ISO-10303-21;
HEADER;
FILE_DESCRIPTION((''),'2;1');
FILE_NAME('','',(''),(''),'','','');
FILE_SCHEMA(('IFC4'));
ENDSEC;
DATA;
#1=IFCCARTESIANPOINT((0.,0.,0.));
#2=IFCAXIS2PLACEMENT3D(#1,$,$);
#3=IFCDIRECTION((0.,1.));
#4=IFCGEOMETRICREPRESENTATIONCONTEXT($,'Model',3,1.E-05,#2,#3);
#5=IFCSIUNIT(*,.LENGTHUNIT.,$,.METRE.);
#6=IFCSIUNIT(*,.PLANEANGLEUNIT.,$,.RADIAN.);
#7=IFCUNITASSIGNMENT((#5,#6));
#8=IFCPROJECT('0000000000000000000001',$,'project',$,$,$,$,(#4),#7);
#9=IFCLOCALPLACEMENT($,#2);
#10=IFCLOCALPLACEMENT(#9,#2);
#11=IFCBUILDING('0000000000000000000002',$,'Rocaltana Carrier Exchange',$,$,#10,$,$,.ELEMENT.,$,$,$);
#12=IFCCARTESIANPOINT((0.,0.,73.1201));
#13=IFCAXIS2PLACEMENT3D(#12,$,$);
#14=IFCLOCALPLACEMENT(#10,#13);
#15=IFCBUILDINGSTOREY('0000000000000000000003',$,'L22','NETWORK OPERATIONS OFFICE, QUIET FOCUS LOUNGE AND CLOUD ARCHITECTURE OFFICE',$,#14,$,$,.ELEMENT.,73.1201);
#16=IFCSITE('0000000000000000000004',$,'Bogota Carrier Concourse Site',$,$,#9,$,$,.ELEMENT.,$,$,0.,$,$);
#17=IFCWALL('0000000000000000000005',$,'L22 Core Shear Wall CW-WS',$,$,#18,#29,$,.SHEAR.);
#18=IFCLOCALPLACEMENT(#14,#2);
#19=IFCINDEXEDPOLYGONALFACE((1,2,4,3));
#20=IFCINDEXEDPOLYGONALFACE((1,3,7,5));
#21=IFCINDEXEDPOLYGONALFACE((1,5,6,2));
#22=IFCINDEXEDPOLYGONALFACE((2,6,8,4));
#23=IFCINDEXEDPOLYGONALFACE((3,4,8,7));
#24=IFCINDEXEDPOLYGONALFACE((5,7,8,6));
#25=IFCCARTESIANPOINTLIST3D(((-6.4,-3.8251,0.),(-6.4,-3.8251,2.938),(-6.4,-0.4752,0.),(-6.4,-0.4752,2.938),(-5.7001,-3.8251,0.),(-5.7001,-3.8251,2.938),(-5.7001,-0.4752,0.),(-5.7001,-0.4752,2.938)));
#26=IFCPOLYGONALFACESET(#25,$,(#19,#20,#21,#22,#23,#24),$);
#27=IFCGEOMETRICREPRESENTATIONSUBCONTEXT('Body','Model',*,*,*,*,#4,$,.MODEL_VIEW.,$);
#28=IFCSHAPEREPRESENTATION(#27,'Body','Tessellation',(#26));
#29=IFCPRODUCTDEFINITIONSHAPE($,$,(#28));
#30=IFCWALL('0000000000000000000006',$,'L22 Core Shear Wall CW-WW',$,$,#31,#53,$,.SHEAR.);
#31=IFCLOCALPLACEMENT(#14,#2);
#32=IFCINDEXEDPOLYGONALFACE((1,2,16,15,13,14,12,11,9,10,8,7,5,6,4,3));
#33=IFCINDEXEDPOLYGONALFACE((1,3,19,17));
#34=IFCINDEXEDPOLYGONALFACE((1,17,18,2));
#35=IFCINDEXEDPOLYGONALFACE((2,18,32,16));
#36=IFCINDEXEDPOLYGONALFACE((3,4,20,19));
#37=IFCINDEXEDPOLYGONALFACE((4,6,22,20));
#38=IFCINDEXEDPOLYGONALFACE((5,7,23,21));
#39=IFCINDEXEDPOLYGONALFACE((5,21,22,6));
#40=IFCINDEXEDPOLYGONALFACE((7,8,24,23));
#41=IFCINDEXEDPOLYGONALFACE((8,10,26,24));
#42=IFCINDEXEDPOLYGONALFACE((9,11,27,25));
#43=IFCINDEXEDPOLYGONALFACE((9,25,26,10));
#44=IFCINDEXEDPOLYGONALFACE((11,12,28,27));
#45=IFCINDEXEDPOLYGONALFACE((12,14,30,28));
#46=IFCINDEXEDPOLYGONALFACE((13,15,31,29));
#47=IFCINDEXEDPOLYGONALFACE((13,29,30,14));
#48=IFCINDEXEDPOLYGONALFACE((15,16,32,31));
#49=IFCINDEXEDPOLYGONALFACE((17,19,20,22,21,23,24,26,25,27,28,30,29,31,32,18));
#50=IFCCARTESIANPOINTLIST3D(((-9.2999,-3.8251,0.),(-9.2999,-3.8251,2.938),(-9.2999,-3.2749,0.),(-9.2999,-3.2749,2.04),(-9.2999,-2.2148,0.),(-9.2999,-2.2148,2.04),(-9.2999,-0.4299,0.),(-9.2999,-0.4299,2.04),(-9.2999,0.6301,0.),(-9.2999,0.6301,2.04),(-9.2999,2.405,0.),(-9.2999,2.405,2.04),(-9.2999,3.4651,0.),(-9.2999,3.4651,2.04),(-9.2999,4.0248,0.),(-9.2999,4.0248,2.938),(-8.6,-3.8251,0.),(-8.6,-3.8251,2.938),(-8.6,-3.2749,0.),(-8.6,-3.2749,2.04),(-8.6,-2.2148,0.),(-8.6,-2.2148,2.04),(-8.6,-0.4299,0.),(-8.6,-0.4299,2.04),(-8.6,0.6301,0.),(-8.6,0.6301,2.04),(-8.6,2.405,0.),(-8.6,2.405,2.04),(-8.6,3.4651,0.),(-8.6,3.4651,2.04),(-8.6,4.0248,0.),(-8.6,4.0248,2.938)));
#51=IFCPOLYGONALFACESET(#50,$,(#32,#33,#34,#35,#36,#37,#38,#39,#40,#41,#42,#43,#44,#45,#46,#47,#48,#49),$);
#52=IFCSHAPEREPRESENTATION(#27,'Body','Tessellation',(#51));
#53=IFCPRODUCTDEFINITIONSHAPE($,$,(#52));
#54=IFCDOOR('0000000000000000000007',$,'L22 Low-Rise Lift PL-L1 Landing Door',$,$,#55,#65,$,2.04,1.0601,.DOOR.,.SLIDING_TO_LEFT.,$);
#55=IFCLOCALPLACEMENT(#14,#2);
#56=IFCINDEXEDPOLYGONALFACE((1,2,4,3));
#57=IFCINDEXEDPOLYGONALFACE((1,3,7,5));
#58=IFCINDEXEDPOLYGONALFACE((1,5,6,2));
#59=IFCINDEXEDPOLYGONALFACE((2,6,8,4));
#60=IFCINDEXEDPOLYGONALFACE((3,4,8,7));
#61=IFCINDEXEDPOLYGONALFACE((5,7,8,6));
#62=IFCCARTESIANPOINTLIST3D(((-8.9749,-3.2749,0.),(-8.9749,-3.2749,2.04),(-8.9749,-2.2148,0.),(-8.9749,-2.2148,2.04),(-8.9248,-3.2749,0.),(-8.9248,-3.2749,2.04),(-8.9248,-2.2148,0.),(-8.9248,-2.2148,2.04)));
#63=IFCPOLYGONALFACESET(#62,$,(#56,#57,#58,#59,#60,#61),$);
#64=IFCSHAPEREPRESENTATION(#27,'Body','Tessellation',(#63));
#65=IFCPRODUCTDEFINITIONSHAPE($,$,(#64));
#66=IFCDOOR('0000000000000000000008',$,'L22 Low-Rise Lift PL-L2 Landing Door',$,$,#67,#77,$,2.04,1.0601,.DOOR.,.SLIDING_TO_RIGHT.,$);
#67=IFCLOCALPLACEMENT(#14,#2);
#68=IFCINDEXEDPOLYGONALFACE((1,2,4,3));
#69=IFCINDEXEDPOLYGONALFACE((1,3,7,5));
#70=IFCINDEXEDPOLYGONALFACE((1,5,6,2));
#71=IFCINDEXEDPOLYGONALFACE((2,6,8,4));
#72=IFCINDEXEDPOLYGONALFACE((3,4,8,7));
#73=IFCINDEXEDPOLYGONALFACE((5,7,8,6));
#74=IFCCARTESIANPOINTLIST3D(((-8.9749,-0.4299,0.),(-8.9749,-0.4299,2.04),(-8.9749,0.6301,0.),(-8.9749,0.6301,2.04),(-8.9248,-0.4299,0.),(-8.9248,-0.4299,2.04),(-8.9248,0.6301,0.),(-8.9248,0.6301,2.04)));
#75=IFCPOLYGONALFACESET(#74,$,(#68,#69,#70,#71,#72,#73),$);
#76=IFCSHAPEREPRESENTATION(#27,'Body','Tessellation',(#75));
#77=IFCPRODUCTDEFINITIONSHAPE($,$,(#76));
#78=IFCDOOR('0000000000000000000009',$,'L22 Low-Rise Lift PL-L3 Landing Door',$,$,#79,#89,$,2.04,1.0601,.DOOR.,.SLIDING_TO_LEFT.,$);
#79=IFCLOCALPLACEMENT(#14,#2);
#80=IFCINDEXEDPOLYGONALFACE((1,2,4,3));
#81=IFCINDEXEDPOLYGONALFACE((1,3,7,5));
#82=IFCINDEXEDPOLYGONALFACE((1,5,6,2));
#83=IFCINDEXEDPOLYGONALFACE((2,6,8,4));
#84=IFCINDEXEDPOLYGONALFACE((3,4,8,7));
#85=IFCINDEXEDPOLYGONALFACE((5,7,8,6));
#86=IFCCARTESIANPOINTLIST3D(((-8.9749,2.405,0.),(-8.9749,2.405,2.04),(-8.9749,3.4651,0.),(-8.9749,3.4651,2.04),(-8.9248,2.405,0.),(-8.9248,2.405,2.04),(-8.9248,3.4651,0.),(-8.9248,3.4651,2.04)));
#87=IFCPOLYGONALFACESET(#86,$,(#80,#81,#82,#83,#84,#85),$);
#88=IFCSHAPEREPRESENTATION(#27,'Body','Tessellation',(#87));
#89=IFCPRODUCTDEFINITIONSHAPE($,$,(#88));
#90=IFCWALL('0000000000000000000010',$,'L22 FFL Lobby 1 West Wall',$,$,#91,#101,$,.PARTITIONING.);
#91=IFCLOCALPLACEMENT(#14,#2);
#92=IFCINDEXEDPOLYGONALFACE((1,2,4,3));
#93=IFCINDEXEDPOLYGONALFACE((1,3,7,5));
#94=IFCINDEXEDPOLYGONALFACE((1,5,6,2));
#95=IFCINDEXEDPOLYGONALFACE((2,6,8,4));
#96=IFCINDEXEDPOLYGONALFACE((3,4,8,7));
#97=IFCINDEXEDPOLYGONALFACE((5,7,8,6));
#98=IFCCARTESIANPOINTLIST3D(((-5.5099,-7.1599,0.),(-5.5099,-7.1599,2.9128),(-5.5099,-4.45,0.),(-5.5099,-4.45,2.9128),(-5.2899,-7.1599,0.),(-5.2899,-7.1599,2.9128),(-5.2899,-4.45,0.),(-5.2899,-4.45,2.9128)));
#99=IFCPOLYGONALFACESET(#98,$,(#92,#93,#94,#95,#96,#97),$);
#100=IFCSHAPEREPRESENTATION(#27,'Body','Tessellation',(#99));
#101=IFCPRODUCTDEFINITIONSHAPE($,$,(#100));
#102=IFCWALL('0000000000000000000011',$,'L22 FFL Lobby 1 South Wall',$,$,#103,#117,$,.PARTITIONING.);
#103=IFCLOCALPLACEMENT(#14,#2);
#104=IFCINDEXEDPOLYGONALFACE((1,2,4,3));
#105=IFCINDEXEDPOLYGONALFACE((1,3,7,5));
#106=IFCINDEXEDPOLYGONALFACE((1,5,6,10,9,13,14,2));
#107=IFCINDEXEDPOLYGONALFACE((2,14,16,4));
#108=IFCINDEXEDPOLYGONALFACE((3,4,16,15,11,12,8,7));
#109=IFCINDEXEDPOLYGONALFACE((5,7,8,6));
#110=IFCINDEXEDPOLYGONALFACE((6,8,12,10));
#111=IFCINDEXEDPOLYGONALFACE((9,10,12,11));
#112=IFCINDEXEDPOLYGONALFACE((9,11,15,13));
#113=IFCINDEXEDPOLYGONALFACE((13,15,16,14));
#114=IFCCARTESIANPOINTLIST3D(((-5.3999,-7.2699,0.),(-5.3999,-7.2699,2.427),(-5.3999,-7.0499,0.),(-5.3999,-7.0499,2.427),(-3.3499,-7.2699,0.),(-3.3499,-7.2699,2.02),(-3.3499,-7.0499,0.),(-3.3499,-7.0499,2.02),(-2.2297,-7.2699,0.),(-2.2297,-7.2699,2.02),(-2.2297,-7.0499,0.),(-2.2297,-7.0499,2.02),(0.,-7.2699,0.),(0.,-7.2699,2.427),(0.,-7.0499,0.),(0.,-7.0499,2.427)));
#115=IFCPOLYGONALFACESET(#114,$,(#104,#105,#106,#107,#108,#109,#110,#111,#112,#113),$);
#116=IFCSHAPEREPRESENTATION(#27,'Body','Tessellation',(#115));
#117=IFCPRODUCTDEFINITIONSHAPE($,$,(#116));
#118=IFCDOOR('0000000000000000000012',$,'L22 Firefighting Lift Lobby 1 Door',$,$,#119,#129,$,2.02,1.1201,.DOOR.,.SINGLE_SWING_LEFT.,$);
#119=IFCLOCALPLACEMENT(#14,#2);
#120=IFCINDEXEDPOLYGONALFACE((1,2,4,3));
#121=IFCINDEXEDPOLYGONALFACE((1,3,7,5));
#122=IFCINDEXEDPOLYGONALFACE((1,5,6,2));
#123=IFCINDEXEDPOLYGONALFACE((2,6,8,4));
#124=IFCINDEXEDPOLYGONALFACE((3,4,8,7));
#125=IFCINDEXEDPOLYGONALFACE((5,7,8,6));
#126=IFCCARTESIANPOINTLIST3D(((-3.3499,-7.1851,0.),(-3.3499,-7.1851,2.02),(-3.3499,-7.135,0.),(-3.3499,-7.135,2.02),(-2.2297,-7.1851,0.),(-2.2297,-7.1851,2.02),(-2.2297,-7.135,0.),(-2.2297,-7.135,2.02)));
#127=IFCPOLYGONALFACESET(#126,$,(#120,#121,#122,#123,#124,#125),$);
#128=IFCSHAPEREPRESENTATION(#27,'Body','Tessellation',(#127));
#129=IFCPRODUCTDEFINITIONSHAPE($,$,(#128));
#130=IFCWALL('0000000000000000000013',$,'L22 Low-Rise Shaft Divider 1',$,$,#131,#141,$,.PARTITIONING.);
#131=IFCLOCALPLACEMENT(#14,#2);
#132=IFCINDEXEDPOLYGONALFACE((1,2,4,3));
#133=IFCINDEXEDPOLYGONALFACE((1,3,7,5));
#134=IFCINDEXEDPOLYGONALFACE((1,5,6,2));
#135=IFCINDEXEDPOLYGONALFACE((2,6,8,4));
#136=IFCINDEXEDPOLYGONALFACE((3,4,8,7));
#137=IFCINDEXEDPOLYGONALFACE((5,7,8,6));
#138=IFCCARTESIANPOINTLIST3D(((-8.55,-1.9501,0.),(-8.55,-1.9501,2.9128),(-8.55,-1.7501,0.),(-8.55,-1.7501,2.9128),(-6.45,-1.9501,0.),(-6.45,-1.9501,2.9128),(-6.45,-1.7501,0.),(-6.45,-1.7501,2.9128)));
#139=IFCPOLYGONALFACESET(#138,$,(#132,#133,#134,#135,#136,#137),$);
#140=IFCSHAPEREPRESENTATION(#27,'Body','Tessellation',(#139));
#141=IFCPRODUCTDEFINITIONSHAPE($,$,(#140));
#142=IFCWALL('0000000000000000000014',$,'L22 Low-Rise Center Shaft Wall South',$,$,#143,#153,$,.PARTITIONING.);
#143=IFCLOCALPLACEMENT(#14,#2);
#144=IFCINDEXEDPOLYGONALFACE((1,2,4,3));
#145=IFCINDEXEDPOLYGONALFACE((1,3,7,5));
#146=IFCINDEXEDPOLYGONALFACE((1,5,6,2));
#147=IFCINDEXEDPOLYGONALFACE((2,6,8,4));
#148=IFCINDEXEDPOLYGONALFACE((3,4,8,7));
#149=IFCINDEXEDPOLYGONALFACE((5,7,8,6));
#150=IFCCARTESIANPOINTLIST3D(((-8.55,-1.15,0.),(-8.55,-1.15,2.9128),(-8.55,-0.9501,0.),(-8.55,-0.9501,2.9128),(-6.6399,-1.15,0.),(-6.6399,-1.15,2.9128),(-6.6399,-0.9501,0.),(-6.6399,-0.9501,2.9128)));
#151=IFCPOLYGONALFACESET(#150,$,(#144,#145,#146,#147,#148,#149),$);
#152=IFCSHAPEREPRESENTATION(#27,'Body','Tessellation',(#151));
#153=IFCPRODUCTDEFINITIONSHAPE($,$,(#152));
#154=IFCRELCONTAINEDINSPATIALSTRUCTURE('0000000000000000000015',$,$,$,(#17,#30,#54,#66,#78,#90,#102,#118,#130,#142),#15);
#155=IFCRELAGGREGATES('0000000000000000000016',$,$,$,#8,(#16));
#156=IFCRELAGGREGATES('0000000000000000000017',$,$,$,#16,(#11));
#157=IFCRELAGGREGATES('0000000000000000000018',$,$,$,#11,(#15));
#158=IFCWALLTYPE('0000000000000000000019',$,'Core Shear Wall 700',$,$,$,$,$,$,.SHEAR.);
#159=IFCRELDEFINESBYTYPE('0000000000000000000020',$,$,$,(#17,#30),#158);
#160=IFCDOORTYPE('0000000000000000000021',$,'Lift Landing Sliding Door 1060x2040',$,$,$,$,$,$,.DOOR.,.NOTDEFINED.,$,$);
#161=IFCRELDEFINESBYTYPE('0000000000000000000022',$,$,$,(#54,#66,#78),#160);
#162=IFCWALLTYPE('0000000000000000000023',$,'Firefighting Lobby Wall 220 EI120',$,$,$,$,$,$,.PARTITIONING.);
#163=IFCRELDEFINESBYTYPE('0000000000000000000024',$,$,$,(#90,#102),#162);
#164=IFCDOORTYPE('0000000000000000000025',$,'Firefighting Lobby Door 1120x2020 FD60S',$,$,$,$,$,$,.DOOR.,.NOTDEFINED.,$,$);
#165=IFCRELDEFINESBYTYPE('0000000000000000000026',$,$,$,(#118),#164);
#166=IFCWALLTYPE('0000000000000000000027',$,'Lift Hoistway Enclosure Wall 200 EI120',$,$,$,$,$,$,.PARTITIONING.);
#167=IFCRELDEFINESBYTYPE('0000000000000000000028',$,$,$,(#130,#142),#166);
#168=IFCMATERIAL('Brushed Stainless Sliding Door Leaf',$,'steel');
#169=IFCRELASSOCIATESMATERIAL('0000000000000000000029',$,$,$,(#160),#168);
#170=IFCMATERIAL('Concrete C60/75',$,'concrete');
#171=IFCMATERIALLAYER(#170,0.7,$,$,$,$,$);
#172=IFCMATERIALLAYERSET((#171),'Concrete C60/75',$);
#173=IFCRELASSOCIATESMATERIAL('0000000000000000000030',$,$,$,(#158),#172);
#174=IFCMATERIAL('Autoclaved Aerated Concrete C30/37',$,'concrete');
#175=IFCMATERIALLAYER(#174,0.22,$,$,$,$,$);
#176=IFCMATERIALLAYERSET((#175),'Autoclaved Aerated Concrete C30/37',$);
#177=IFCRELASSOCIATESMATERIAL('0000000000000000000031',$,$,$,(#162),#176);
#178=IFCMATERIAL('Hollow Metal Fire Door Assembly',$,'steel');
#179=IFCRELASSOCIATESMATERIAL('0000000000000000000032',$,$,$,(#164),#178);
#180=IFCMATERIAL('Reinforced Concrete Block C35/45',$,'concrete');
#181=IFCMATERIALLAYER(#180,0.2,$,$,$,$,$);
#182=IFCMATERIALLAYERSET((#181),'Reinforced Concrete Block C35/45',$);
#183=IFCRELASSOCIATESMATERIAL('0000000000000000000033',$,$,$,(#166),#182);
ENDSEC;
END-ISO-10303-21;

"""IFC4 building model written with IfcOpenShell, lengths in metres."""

from ifc_helpers import new_model, si_unit, direction, frame, frame_2d, origin, place, context, subcontext, project, spatial, rectangle, extrude, material, layer, layer_set, type_object, element, fill, save


model = new_model("IFC4")

# Units and contexts
model_context = context("Model", 3, precision=1e-05, world=origin(), true_north=direction((0.0, 1.0)))
body_context = subcontext(model_context, "Body", "Model", "MODEL_VIEW")
ifc_project = project(units=[si_unit("LENGTHUNIT", "METRE"), si_unit("PLANEANGLEUNIT", "RADIAN")], contexts=[model_context])

# Site, building, storey
site_placement = place(None, origin())
site = spatial("IfcSite", under=ifc_project, at=site_placement, Name="Bogota Carrier Concourse Site", CompositionType="ELEMENT", RefElevation=0.0)
building_placement = place(site_placement, origin())
building = spatial("IfcBuilding", under=site, at=building_placement, Name="Rocaltana Carrier Exchange", CompositionType="ELEMENT")
storey_placement = place(building_placement, frame((0.0, 0.0, 73.1201)))
storey = spatial("IfcBuildingStorey", under=building, at=storey_placement, Name="L22", Description="NETWORK OPERATIONS OFFICE, QUIET FOCUS LOUNGE AND CLOUD ARCHITECTURE OFFICE", CompositionType="ELEMENT", Elevation=73.1201)

# Shared definitions
ifc_material_1 = material(Name="Brushed Stainless Sliding Door Leaf", Category="steel")
door_type_1 = type_object("IfcDoorType", Name="Lift Landing Sliding Door 1060x2040", OperationType="NOTDEFINED", PredefinedType="DOOR", material=ifc_material_1)

# Wall
ifc_material_2 = material(Name="Concrete C60/75", Category="concrete")
ifc_layer_1 = layer(ifc_material_2, 0.7)
ifc_layer_set_1 = layer_set([ifc_layer_1], Name="Concrete C60/75")
wall_type_1 = type_object("IfcWallType", Name="Core Shear Wall 700", PredefinedType="SHEAR", material=ifc_layer_set_1)
wall_1_placement = place(storey_placement, frame((-6.05, -3.825, 0.0), z_axis=(0.0, 0.0, 1.0), x_axis=(0.0, 1.0, 0.0)))
element("IfcWall", 1, at=wall_1_placement, inside=storey, type_object=wall_type_1, Name="L22 Core Shear Wall CW-WS", PredefinedType="SHEAR", context=body_context, shape_type="SweptSolid", body=[
    extrude(rectangle(XDim=3.3499, YDim=0.7, at=frame_2d((1.6748, 0.0))), origin(), (0.0, 0.0, 1.0), 2.938),
])

# Wall, openings, doors
wall_2_placement = place(storey_placement, frame((-8.95, -3.825, 0.0), z_axis=(0.0, 0.0, 1.0), x_axis=(0.0, 1.0, 0.0)))
wall_2 = element("IfcWall", 2, at=wall_2_placement, inside=storey, type_object=wall_type_1, Name="L22 Core Shear Wall CW-WW", PredefinedType="SHEAR", context=body_context, shape_type="SweptSolid", body=[
    extrude(rectangle(XDim=7.8499, YDim=0.7, at=frame_2d((3.9248, 0.0))), origin(), (0.0, 0.0, 1.0), 2.938),
])
opening_1_placement = place(wall_2_placement, frame((0.55, 0.0, 0.0)))
opening_1 = element("IfcOpeningElement", 3, at=opening_1_placement, cuts=wall_2, PredefinedType="OPENING", context=body_context, shape_type="SweptSolid", body=[
    extrude(rectangle(XDim=1.0601, YDim=2.04, at=frame_2d((0.53, 1.02))), frame((0.0, 0.3599, 0.0), z_axis=(0.0, -1.0, 0.0), x_axis=(1.0, 0.0, 0.0)), (0.0, 0.0, 1.0), 0.72),
])
opening_2_placement = place(wall_2_placement, frame((3.395, 0.0, 0.0)))
opening_2 = element("IfcOpeningElement", 4, at=opening_2_placement, cuts=wall_2, PredefinedType="OPENING", context=body_context, shape_type="SweptSolid", body=[
    extrude(rectangle(XDim=1.0601, YDim=2.04, at=frame_2d((0.53, 1.02))), frame((0.0, 0.3599, 0.0), z_axis=(0.0, -1.0, 0.0), x_axis=(1.0, 0.0, 0.0)), (0.0, 0.0, 1.0), 0.72),
])
opening_3_placement = place(wall_2_placement, frame((6.23, 0.0, 0.0)))
opening_3 = element("IfcOpeningElement", 5, at=opening_3_placement, cuts=wall_2, PredefinedType="OPENING", context=body_context, shape_type="SweptSolid", body=[
    extrude(rectangle(XDim=1.0601, YDim=2.04, at=frame_2d((0.53, 1.02))), frame((0.0, 0.3599, 0.0), z_axis=(0.0, -1.0, 0.0), x_axis=(1.0, 0.0, 0.0)), (0.0, 0.0, 1.0), 0.72),
])
door_1_placement = place(opening_1_placement, origin())
door_1 = element("IfcDoor", 6, at=door_1_placement, inside=storey, type_object=door_type_1, Name="L22 Low-Rise Lift PL-L1 Landing Door", OperationType="SLIDING_TO_LEFT", OverallHeight=2.04, OverallWidth=1.0601, PredefinedType="DOOR", context=body_context, shape_type="SweptSolid", body=[
    extrude(rectangle(XDim=1.0601, YDim=2.04, at=frame_2d((0.53, 1.02))), frame((0.0, 0.0249, 0.0), z_axis=(0.0, -1.0, 0.0), x_axis=(1.0, 0.0, 0.0)), (0.0, 0.0, 1.0), 0.05),
])
fill(opening_1, door_1)
door_2_placement = place(opening_2_placement, origin())
door_2 = element("IfcDoor", 7, at=door_2_placement, inside=storey, type_object=door_type_1, Name="L22 Low-Rise Lift PL-L2 Landing Door", OperationType="SLIDING_TO_RIGHT", OverallHeight=2.04, OverallWidth=1.0601, PredefinedType="DOOR", context=body_context, shape_type="SweptSolid", body=[
    extrude(rectangle(XDim=1.0601, YDim=2.04, at=frame_2d((0.53, 1.02))), frame((0.0, 0.0249, 0.0), z_axis=(0.0, -1.0, 0.0), x_axis=(1.0, 0.0, 0.0)), (0.0, 0.0, 1.0), 0.05),
])
fill(opening_2, door_2)
door_3_placement = place(opening_3_placement, origin())
door_3 = element("IfcDoor", 8, at=door_3_placement, inside=storey, type_object=door_type_1, Name="L22 Low-Rise Lift PL-L3 Landing Door", OperationType="SLIDING_TO_LEFT", OverallHeight=2.04, OverallWidth=1.0601, PredefinedType="DOOR", context=body_context, shape_type="SweptSolid", body=[
    extrude(rectangle(XDim=1.0601, YDim=2.04, at=frame_2d((0.53, 1.02))), frame((0.0, 0.0249, 0.0), z_axis=(0.0, -1.0, 0.0), x_axis=(1.0, 0.0, 0.0)), (0.0, 0.0, 1.0), 0.05),
])
fill(opening_3, door_3)

# Wall
ifc_material_3 = material(Name="Autoclaved Aerated Concrete C30/37", Category="concrete")
ifc_layer_2 = layer(ifc_material_3, 0.22)
ifc_layer_set_2 = layer_set([ifc_layer_2], Name="Autoclaved Aerated Concrete C30/37")
wall_type_2 = type_object("IfcWallType", Name="Firefighting Lobby Wall 220 EI120", PredefinedType="PARTITIONING", material=ifc_layer_set_2)
wall_3_placement = place(storey_placement, frame((-5.3999, -7.1599, 0.0), z_axis=(0.0, 0.0, 1.0), x_axis=(0.0, 1.0, 0.0)))
element("IfcWall", 9, at=wall_3_placement, inside=storey, type_object=wall_type_2, Name="L22 FFL Lobby 1 West Wall", PredefinedType="PARTITIONING", context=body_context, shape_type="SweptSolid", body=[
    extrude(rectangle(XDim=2.71, YDim=0.22, at=frame_2d((1.355, 0.0))), origin(), (0.0, 0.0, 1.0), 2.9128),
])

# Wall, opening, door
wall_4_placement = place(storey_placement, frame((-5.3999, -7.1599, 0.0), z_axis=(0.0, 0.0, 1.0), x_axis=(1.0, 0.0, 0.0)))
wall_4 = element("IfcWall", 10, at=wall_4_placement, inside=storey, type_object=wall_type_2, Name="L22 FFL Lobby 1 South Wall", PredefinedType="PARTITIONING", context=body_context, shape_type="SweptSolid", body=[
    extrude(rectangle(XDim=5.3999, YDim=0.22, at=frame_2d((2.7, 0.0))), origin(), (0.0, 0.0, 1.0), 2.427),
])
opening_4_placement = place(wall_4_placement, frame((2.05, 0.0, 0.0)))
opening_4 = element("IfcOpeningElement", 11, at=opening_4_placement, cuts=wall_4, PredefinedType="OPENING", context=body_context, shape_type="SweptSolid", body=[
    extrude(rectangle(XDim=1.1201, YDim=2.02, at=frame_2d((0.5601, 1.01))), frame((0.0, 0.1199, 0.0), z_axis=(0.0, -1.0, 0.0), x_axis=(1.0, 0.0, 0.0)), (0.0, 0.0, 1.0), 0.24),
])
ifc_material_4 = material(Name="Hollow Metal Fire Door Assembly", Category="steel")
door_type_2 = type_object("IfcDoorType", Name="Firefighting Lobby Door 1120x2020 FD60S", OperationType="NOTDEFINED", PredefinedType="DOOR", material=ifc_material_4)
door_4_placement = place(opening_4_placement, origin())
door_4 = element("IfcDoor", 12, at=door_4_placement, inside=storey, type_object=door_type_2, Name="L22 Firefighting Lift Lobby 1 Door", OperationType="SINGLE_SWING_LEFT", OverallHeight=2.02, OverallWidth=1.1201, PredefinedType="DOOR", context=body_context, shape_type="SweptSolid", body=[
    extrude(rectangle(XDim=1.1201, YDim=2.02, at=frame_2d((0.5601, 1.01))), frame((0.0, 0.0249, 0.0), z_axis=(0.0, -1.0, 0.0), x_axis=(1.0, 0.0, 0.0)), (0.0, 0.0, 1.0), 0.05),
])
fill(opening_4, door_4)

# Walls
ifc_material_5 = material(Name="Reinforced Concrete Block C35/45", Category="concrete")
ifc_layer_3 = layer(ifc_material_5, 0.2)
ifc_layer_set_3 = layer_set([ifc_layer_3], Name="Reinforced Concrete Block C35/45")
wall_type_3 = type_object("IfcWallType", Name="Lift Hoistway Enclosure Wall 200 EI120", PredefinedType="PARTITIONING", material=ifc_layer_set_3)
wall_5_placement = place(storey_placement, frame((-8.55, -1.8501, 0.0), z_axis=(0.0, 0.0, 1.0), x_axis=(1.0, 0.0, 0.0)))
element("IfcWall", 13, at=wall_5_placement, inside=storey, type_object=wall_type_3, Name="L22 Low-Rise Shaft Divider 1", PredefinedType="PARTITIONING", context=body_context, shape_type="SweptSolid", body=[
    extrude(rectangle(XDim=2.1001, YDim=0.2, at=frame_2d((1.05, 0.0))), origin(), (0.0, 0.0, 1.0), 2.9128),
])
wall_6_placement = place(storey_placement, frame((-8.55, -1.05, 0.0), z_axis=(0.0, 0.0, 1.0), x_axis=(1.0, 0.0, 0.0)))
element("IfcWall", 14, at=wall_6_placement, inside=storey, type_object=wall_type_3, Name="L22 Low-Rise Center Shaft Wall South", PredefinedType="PARTITIONING", context=body_context, shape_type="SweptSolid", body=[
    extrude(rectangle(XDim=1.9102, YDim=0.2, at=frame_2d((0.9551, 0.0))), origin(), (0.0, 0.0, 1.0), 2.9128),
])

save(model, "model.ifc")
